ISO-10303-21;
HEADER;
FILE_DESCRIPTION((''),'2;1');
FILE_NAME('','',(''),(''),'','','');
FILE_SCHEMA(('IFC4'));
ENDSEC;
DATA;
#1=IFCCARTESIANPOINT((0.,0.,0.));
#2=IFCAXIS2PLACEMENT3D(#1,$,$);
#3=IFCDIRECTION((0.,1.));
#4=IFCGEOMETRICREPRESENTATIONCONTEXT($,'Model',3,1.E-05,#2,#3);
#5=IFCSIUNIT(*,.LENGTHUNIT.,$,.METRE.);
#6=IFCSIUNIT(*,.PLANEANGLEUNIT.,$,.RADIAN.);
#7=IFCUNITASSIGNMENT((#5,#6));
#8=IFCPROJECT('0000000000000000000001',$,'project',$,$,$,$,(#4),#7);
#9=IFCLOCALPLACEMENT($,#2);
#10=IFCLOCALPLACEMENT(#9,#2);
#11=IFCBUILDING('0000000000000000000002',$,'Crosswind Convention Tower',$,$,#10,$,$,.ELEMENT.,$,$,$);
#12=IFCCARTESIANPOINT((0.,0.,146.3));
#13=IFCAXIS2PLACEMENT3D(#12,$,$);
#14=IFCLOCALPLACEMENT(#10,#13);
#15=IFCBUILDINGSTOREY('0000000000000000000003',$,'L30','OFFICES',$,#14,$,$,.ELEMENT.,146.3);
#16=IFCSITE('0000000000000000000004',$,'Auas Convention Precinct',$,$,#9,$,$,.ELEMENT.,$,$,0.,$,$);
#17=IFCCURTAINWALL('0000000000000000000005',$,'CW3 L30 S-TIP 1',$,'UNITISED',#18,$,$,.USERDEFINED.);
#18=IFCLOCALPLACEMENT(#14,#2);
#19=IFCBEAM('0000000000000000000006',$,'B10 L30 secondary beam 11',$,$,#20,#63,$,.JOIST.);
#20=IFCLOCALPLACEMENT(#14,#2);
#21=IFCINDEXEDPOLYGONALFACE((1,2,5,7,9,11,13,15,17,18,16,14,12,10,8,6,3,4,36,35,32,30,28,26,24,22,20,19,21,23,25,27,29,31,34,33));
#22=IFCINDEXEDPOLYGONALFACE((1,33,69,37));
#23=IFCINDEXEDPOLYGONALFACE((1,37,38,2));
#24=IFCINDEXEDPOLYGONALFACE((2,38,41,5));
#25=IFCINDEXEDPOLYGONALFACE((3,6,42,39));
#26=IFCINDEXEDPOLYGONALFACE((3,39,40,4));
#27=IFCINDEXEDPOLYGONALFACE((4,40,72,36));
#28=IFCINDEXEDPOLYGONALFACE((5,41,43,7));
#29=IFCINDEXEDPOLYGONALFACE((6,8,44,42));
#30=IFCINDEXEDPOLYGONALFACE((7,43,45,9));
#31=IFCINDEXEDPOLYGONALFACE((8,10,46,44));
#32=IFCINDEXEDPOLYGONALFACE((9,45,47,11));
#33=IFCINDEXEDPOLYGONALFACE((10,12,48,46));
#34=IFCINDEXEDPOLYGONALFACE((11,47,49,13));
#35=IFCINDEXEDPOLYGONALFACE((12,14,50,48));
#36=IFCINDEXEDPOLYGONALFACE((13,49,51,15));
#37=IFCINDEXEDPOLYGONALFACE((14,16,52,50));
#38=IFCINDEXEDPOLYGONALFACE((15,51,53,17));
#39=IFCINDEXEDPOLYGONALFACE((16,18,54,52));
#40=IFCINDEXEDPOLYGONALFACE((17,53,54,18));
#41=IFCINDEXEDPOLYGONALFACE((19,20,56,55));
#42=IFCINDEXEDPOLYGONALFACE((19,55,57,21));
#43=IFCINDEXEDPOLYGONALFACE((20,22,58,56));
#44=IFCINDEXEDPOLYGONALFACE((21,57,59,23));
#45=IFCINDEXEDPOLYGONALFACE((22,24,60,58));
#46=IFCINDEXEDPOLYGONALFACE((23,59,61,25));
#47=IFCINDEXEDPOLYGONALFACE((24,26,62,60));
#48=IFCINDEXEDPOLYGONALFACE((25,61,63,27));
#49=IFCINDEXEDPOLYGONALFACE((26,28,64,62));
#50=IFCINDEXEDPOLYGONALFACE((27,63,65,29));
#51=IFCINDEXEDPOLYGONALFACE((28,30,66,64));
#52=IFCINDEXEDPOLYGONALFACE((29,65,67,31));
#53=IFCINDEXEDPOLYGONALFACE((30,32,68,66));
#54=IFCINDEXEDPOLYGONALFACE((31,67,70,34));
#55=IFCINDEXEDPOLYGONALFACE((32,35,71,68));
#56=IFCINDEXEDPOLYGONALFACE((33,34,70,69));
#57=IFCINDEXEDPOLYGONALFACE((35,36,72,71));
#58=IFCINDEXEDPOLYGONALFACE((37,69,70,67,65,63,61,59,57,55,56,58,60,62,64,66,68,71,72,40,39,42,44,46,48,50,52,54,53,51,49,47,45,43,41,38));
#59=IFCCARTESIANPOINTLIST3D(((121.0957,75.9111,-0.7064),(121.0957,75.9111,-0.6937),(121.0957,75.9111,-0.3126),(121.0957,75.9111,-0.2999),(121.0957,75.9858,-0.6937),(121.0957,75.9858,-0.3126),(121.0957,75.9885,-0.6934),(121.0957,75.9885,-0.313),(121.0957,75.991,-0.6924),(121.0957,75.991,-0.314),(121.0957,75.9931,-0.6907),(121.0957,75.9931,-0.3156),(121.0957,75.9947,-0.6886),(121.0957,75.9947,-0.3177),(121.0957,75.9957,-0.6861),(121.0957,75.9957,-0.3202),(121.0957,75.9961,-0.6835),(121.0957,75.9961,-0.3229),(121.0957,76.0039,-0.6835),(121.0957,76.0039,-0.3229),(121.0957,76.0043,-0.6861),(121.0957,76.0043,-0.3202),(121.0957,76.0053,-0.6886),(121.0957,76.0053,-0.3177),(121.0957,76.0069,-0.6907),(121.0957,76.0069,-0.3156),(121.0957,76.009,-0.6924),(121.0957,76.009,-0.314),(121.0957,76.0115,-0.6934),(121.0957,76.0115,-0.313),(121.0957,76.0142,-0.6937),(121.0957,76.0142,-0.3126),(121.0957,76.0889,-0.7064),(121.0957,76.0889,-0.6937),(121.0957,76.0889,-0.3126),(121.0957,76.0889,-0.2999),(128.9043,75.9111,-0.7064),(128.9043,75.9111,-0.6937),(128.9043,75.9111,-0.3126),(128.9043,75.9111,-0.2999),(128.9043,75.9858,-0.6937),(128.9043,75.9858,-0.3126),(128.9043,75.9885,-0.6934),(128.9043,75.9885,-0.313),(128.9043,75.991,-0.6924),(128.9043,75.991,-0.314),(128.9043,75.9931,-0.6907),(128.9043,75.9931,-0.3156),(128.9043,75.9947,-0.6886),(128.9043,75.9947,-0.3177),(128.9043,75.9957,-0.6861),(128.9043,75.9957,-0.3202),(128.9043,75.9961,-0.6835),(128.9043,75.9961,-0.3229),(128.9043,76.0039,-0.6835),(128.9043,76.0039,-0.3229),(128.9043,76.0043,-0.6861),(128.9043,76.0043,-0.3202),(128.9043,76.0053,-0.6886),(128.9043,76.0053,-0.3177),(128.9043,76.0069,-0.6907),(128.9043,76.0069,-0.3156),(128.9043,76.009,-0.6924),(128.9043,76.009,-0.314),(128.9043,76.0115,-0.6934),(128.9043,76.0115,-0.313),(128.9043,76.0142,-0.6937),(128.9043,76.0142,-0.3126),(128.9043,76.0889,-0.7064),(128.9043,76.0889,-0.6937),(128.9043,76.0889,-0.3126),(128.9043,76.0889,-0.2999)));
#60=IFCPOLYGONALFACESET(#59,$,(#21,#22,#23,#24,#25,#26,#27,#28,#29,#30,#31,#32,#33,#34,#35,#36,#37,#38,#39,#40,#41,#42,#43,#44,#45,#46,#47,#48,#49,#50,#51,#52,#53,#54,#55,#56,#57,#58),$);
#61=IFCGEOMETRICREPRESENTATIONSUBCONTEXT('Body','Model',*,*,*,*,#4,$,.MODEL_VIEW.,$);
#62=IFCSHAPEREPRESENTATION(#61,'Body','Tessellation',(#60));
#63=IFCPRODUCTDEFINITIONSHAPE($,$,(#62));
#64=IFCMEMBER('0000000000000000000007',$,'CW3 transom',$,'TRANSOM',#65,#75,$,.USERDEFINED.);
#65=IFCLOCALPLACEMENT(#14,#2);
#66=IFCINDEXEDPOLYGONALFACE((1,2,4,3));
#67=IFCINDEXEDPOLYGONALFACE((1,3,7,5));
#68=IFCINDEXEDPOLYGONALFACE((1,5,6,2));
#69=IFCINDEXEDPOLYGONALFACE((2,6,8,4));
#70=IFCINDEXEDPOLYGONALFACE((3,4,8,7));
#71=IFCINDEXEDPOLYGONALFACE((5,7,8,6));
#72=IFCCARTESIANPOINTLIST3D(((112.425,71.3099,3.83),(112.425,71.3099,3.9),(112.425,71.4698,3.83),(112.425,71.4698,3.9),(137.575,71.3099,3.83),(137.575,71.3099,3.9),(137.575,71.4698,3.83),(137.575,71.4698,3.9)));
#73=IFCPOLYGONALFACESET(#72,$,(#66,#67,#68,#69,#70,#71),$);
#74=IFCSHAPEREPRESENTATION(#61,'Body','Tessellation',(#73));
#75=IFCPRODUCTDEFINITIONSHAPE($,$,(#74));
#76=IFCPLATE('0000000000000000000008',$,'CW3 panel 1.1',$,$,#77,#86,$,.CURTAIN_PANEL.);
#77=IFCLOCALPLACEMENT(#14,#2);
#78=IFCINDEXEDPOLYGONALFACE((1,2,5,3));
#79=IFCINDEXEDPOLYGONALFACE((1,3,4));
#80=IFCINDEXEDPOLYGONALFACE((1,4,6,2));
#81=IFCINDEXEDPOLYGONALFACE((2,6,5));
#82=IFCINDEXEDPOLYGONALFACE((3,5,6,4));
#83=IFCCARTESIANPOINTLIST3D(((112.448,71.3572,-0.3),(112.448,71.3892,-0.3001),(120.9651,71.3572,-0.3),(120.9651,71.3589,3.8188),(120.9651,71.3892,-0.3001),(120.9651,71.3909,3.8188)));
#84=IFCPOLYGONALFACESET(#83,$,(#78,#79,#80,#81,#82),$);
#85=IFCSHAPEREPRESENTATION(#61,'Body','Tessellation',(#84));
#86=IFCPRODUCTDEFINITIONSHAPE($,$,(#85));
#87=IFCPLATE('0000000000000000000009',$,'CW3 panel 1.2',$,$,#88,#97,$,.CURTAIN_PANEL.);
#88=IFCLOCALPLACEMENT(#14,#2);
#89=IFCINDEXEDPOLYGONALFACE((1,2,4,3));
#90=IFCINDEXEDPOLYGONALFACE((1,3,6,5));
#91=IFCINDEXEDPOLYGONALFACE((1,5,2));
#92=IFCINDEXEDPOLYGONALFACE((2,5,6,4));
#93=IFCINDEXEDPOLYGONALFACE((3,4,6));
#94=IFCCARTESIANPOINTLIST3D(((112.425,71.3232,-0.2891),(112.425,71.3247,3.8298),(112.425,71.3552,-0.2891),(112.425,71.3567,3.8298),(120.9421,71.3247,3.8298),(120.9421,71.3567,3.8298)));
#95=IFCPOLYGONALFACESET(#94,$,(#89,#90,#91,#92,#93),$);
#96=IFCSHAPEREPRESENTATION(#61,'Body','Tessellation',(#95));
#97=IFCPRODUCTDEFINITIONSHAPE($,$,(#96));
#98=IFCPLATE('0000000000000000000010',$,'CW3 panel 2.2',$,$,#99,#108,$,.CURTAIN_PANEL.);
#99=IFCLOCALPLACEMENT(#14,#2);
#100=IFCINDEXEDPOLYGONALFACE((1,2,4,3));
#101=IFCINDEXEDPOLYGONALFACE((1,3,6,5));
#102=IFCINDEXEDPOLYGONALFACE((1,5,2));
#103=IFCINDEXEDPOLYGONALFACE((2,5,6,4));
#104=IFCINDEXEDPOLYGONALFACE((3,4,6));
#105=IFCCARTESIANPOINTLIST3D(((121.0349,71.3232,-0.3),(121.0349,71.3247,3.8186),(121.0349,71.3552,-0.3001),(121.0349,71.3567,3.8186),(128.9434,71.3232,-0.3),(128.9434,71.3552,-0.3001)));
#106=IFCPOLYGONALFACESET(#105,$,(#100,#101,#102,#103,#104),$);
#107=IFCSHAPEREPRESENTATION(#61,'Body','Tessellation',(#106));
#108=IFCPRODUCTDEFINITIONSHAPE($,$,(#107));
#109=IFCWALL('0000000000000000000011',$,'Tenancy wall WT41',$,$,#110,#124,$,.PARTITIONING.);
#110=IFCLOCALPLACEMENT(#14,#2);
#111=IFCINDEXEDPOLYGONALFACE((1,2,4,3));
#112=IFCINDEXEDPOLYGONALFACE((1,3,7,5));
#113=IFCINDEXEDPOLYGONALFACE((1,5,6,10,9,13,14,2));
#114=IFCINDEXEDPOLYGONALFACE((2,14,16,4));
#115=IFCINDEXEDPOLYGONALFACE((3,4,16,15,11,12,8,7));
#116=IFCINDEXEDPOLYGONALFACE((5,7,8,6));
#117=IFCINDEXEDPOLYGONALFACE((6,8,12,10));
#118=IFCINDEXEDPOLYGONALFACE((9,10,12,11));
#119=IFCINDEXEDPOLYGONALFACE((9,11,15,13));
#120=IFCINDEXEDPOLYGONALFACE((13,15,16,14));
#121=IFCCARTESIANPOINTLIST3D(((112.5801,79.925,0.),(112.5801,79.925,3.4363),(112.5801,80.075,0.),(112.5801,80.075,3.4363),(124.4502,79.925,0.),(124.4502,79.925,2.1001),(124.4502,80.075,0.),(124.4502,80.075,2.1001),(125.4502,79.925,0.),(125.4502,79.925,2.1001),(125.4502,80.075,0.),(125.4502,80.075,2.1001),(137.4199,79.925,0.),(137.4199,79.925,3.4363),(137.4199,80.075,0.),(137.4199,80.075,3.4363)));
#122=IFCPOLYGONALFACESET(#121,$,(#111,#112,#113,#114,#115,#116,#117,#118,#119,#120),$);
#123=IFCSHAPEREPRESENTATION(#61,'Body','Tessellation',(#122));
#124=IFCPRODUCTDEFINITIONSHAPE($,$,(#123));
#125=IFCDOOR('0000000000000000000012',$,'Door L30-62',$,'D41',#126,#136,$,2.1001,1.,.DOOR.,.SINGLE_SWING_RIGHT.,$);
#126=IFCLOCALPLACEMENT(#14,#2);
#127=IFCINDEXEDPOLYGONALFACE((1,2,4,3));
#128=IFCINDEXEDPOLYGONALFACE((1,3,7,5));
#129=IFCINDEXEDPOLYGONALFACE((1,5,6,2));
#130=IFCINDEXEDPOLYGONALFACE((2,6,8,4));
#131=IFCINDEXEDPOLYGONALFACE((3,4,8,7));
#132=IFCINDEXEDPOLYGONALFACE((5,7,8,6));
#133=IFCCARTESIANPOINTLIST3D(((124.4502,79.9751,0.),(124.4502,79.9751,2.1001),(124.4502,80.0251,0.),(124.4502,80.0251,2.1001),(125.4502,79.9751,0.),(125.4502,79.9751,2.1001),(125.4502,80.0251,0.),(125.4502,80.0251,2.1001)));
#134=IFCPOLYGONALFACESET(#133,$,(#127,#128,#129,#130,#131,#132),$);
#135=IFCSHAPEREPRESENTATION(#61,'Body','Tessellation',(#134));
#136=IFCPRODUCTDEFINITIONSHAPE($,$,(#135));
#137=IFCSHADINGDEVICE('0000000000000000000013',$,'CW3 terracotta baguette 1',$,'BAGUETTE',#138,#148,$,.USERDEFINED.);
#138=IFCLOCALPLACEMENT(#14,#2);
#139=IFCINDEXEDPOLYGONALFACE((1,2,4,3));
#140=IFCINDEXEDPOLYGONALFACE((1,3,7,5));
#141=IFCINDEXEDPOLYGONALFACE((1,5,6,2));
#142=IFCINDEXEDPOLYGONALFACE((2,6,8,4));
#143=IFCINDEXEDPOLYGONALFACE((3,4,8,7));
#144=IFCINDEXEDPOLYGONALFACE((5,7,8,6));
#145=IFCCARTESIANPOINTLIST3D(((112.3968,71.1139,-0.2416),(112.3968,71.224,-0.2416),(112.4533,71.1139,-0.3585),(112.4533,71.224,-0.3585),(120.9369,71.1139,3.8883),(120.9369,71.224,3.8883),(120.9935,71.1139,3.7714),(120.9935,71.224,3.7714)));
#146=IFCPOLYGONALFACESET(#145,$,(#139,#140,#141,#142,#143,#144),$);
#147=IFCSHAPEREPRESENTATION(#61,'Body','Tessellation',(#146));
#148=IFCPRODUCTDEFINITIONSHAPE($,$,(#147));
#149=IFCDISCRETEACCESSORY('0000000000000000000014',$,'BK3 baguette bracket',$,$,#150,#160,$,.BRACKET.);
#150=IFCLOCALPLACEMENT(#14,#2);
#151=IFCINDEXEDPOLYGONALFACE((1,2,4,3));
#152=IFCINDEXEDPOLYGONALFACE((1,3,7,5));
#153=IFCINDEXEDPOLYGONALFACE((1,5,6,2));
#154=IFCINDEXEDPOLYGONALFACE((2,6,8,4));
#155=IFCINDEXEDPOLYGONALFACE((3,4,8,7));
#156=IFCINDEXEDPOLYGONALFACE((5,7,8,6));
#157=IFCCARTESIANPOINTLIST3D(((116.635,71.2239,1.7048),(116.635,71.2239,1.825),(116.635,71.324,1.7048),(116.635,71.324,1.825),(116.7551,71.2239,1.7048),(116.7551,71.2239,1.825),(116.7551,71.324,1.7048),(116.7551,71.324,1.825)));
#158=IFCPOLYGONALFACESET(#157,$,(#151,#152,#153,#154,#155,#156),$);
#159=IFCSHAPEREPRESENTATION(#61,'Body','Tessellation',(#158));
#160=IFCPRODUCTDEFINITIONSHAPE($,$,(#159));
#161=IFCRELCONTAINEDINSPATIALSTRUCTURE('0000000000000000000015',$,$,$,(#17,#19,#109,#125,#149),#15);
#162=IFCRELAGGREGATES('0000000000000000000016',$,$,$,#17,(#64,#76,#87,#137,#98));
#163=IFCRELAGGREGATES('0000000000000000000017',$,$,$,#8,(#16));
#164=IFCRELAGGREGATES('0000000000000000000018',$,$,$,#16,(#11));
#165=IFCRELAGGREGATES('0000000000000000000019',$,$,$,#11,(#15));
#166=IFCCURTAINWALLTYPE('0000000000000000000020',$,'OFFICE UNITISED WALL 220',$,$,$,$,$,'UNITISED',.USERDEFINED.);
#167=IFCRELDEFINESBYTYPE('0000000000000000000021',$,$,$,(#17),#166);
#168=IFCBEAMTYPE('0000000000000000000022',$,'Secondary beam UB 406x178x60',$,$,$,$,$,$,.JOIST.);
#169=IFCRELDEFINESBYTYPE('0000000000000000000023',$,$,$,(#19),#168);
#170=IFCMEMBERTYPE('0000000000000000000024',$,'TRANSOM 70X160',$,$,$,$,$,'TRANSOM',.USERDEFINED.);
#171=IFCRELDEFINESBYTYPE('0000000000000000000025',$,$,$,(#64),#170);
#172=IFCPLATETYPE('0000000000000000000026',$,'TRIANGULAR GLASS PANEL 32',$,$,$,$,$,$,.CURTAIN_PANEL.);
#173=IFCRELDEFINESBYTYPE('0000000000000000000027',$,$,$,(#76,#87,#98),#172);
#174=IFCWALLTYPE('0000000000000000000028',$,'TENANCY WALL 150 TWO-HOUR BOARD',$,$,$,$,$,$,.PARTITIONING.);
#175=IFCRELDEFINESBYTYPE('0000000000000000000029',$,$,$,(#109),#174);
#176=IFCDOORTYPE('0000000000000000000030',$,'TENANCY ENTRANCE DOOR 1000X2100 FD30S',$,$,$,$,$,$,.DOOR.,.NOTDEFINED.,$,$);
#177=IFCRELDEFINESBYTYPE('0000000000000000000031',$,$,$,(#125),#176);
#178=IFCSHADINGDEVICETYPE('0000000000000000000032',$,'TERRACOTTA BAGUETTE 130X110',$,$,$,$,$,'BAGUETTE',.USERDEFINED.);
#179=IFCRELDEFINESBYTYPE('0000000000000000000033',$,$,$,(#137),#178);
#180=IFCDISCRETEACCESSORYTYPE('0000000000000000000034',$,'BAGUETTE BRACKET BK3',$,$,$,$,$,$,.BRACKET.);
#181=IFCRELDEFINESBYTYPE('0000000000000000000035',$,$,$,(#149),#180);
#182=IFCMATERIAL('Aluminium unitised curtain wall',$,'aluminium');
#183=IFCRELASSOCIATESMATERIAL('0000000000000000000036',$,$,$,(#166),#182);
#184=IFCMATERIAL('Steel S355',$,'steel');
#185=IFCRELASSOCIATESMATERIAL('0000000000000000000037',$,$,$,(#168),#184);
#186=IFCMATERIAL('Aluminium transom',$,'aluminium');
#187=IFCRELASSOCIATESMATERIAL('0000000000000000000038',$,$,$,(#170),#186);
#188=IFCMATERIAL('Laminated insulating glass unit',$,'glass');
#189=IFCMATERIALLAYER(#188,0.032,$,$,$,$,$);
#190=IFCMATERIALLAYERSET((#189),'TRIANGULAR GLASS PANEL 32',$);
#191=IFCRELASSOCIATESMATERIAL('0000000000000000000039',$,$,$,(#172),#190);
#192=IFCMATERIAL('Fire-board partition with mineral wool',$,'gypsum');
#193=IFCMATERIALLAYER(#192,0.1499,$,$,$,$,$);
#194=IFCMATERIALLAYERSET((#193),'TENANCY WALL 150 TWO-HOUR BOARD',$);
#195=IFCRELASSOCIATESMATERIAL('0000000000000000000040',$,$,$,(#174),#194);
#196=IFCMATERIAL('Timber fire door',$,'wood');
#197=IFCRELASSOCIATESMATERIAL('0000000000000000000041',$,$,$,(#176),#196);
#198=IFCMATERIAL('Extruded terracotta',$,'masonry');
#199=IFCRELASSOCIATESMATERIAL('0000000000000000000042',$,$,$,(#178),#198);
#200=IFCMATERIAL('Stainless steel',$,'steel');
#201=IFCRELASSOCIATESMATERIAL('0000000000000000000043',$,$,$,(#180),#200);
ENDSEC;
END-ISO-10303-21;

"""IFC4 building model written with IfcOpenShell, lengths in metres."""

from ifc_helpers import new_model, si_unit, direction, frame, frame_2d, origin, origin_2d, place, context, subcontext, project, spatial, polyline, rectangle, i_section, outline, extrude, material, layer, layer_set, material_profile, profile_set, type_object, element, fill, aggregate, save


model = new_model("IFC4")

# Units and contexts
model_context = context("Model", 3, precision=1e-05, world=origin(), true_north=direction((0.0, 1.0)))
body_context = subcontext(model_context, "Body", "Model", "MODEL_VIEW")
ifc_project = project(units=[si_unit("LENGTHUNIT", "METRE"), si_unit("PLANEANGLEUNIT", "RADIAN")], contexts=[model_context])

# Site, building, storey
site_placement = place(None, origin())
site = spatial("IfcSite", under=ifc_project, at=site_placement, Name="Auas Convention Precinct", CompositionType="ELEMENT", RefElevation=0.0)
building_placement = place(site_placement, origin())
building = spatial("IfcBuilding", under=site, at=building_placement, Name="Crosswind Convention Tower", CompositionType="ELEMENT")
storey_placement = place(building_placement, frame((0.0, 0.0, 146.3)))
storey = spatial("IfcBuildingStorey", under=building, at=storey_placement, Name="L30", Description="OFFICES", CompositionType="ELEMENT", Elevation=146.3)

# Shared definitions
ifc_material_1 = material(Name="Steel S355", Category="steel")

# Curtain wall
ifc_material_2 = material(Name="Aluminium unitised curtain wall", Category="aluminium")
curtain_wall_type_1 = type_object("IfcCurtainWallType", Name="OFFICE UNITISED WALL 220", ElementType="UNITISED", PredefinedType="USERDEFINED", material=ifc_material_2)
curtain_wall_1_placement = place(storey_placement, origin())
curtain_wall_1 = element("IfcCurtainWall", 1, at=curtain_wall_1_placement, inside=storey, type_object=curtain_wall_type_1, Name="CW3 L30 S-TIP 1", ObjectType="UNITISED", PredefinedType="USERDEFINED")

# Beam
ifc_material_profile_1 = material_profile(ifc_material_1, i_section(OverallWidth=0.1777, OverallDepth=0.4065, WebThickness=0.0078, FlangeThickness=0.0127, FilletRadius=0.0103, at=origin_2d()), Name="UB 406x178x60")
ifc_profile_set_1 = profile_set([ifc_material_profile_1], Name="Steel S355")
beam_type_1 = type_object("IfcBeamType", Name="Secondary beam UB 406x178x60", PredefinedType="JOIST", material=ifc_profile_set_1)
beam_1_placement = place(storey_placement, frame((121.0957, 76.0, -0.5032), z_axis=(1.0, 0.0, 0.0), x_axis=(0.0, 1.0, 0.0)))
element("IfcBeam", 2, at=beam_1_placement, inside=storey, type_object=beam_type_1, Name="B10 L30 secondary beam 11", PredefinedType="JOIST", context=body_context, shape_type="SweptSolid", body=[
    extrude(i_section(OverallWidth=0.1777, OverallDepth=0.4065, WebThickness=0.0078, FlangeThickness=0.0127, FilletRadius=0.0103, at=origin_2d()), origin(), (0.0, 0.0, 1.0), 7.8086),
])

# Member
ifc_material_3 = material(Name="Aluminium transom", Category="aluminium")
ifc_material_profile_2 = material_profile(ifc_material_3, rectangle(XDim=0.1599, YDim=0.0701, at=origin_2d()), Name="AL 160X70")
ifc_profile_set_2 = profile_set([ifc_material_profile_2], Name="Aluminium transom")
member_type_1 = type_object("IfcMemberType", Name="TRANSOM 70X160", ElementType="TRANSOM", PredefinedType="USERDEFINED", material=ifc_profile_set_2)
member_1_placement = place(storey_placement, frame((112.425, 71.3899, 3.865), z_axis=(1.0, 0.0, 0.0), x_axis=(0.0, 1.0, 0.0)))
member_1 = element("IfcMember", 3, at=member_1_placement, type_object=member_type_1, Name="CW3 transom", ObjectType="TRANSOM", PredefinedType="USERDEFINED", context=body_context, shape_type="SweptSolid", body=[
    extrude(rectangle(XDim=0.1599, YDim=0.0701, at=origin_2d()), origin(), (0.0, 0.0, 1.0), 25.1499),
])

# Plates
ifc_material_4 = material(Name="Laminated insulating glass unit", Category="glass")
ifc_layer_1 = layer(ifc_material_4, 0.032)
ifc_layer_set_1 = layer_set([ifc_layer_1], Name="TRIANGULAR GLASS PANEL 32")
plate_type = type_object("IfcPlateType", Name="TRIANGULAR GLASS PANEL 32", PredefinedType="CURTAIN_PANEL", material=ifc_layer_set_1)
plate_1_placement = place(storey_placement, frame((120.9651, 71.3572, -0.3), z_axis=(0.0, -1.0, 0.000415), x_axis=(0.0, 0.000415, 1.0)))
plate_1 = element("IfcPlate", 4, at=plate_1_placement, type_object=plate_type, Name="CW3 panel 1.1", PredefinedType="CURTAIN_PANEL", context=body_context, shape_type="SweptSolid", body=[
    extrude(outline(polyline([(0.0, 0.0), (4.1189, 0.0), (0.0, 8.5171), (0.0, 0.0)])), origin(), (0.0, 0.0, -1.0), 0.032),
])
plate_2_placement = place(storey_placement, frame((112.425, 71.3247, 3.8298), z_axis=(0.0, -1.0, 0.000356), x_axis=(0.0, -0.000356, -1.0)))
plate_2 = element("IfcPlate", 5, at=plate_2_placement, type_object=plate_type, Name="CW3 panel 1.2", PredefinedType="CURTAIN_PANEL", context=body_context, shape_type="SweptSolid", body=[
    extrude(outline(polyline([(0.0, 0.0), (4.1189, 0.0), (0.0, 8.5171), (0.0, 0.0)])), origin(), (0.0, 0.0, -1.0), 0.032),
])
plate_3_placement = place(storey_placement, frame((121.0349, 71.3232, -0.3), z_axis=(0.0, -1.0, 0.000356), x_axis=(1.0, 0.0, 0.0)))
plate_3 = element("IfcPlate", 6, at=plate_3_placement, type_object=plate_type, Name="CW3 panel 2.2", PredefinedType="CURTAIN_PANEL", context=body_context, shape_type="SweptSolid", body=[
    extrude(outline(polyline([(0.0, 0.0), (7.9084, 0.0), (0.0, 4.1187), (0.0, 0.0)])), origin(), (0.0, 0.0, -1.0), 0.032),
])

# Wall, opening, door
ifc_material_5 = material(Name="Fire-board partition with mineral wool", Category="gypsum")
ifc_layer_2 = layer(ifc_material_5, 0.1499)
ifc_layer_set_2 = layer_set([ifc_layer_2], Name="TENANCY WALL 150 TWO-HOUR BOARD")
wall_type = type_object("IfcWallType", Name="TENANCY WALL 150 TWO-HOUR BOARD", PredefinedType="PARTITIONING", material=ifc_layer_set_2)
wall_placement = place(storey_placement, frame((112.5801, 80.0, 0.0), z_axis=(0.0, 0.0, 1.0), x_axis=(1.0, 0.0, 0.0)))
wall = element("IfcWall", 7, at=wall_placement, inside=storey, type_object=wall_type, Name="Tenancy wall WT41", PredefinedType="PARTITIONING", context=body_context, shape_type="SweptSolid", body=[
    extrude(rectangle(XDim=24.8398, YDim=0.1499, at=frame_2d((12.4199, 0.0))), origin(), (0.0, 0.0, 1.0), 3.4363),
])
opening_placement = place(wall_placement, frame((11.8701, 0.0, 0.0)))
opening = element("IfcOpeningElement", 8, at=opening_placement, cuts=wall, PredefinedType="OPENING", context=body_context, shape_type="SweptSolid", body=[
    extrude(rectangle(XDim=1.0, YDim=2.1001, at=frame_2d((0.5, 1.05))), frame((0.0, 0.085, 0.0), z_axis=(0.0, -1.0, 0.0), x_axis=(1.0, 0.0, 0.0)), (0.0, 0.0, 1.0), 0.1699),
])
ifc_material_6 = material(Name="Timber fire door", Category="wood")
door_type = type_object("IfcDoorType", Name="TENANCY ENTRANCE DOOR 1000X2100 FD30S", OperationType="NOTDEFINED", PredefinedType="DOOR", material=ifc_material_6)
door_placement = place(opening_placement, frame((1.0, 0.0, 0.0), z_axis=(0.0, 0.0, 1.0), x_axis=(-1.0, 0.0, 0.0)))
door = element("IfcDoor", 9, at=door_placement, inside=storey, type_object=door_type, Name="Door L30-62", ObjectType="D41", OperationType="SINGLE_SWING_RIGHT", OverallHeight=2.1001, OverallWidth=1.0, PredefinedType="DOOR", context=body_context, shape_type="SweptSolid", body=[
    extrude(rectangle(XDim=1.0, YDim=2.1001, at=frame_2d((0.5, 1.05))), frame((0.0, 0.0249, 0.0), z_axis=(0.0, -1.0, 0.0), x_axis=(1.0, 0.0, 0.0)), (0.0, 0.0, 1.0), 0.05),
])
fill(opening, door)

# Shading device
ifc_material_7 = material(Name="Extruded terracotta", Category="masonry")
ifc_material_profile_3 = material_profile(ifc_material_7, rectangle(XDim=0.1101, YDim=0.1299, at=origin_2d()), Name="TC 110X130")
ifc_profile_set_3 = profile_set([ifc_material_profile_3], Name="Extruded terracotta")
shading_device_type = type_object("IfcShadingDeviceType", Name="TERRACOTTA BAGUETTE 130X110", ElementType="BAGUETTE", PredefinedType="USERDEFINED", material=ifc_profile_set_3)
shading_device_placement = place(storey_placement, frame((112.425, 71.1689, -0.3), z_axis=(0.900258, 0.0, 0.435356), x_axis=(0.0, 1.0, 0.0)))
shading_device = element("IfcShadingDevice", 10, at=shading_device_placement, type_object=shading_device_type, Name="CW3 terracotta baguette 1", ObjectType="BAGUETTE", PredefinedType="USERDEFINED", context=body_context, shape_type="SweptSolid", body=[
    extrude(rectangle(XDim=0.1101, YDim=0.1299, at=origin_2d()), origin(), (0.0, 0.0, 1.0), 9.4863),
])
aggregate(curtain_wall_1, [member_1, plate_1, plate_2, shading_device, plate_3])

# Discrete accessory
ifc_material_8 = material(Name="Stainless steel", Category="steel")
discrete_accessory_type = type_object("IfcDiscreteAccessoryType", Name="BAGUETTE BRACKET BK3", PredefinedType="BRACKET", material=ifc_material_8)
discrete_accessory_placement = place(storey_placement, frame((116.6951, 71.2739, 1.7048), z_axis=(0.0, 0.0, 1.0), x_axis=(1.0, 0.0, 0.0)))
element("IfcDiscreteAccessory", 11, at=discrete_accessory_placement, inside=storey, type_object=discrete_accessory_type, Name="BK3 baguette bracket", PredefinedType="BRACKET", context=body_context, shape_type="SweptSolid", body=[
    extrude(rectangle(XDim=0.1201, YDim=0.1001, at=origin_2d()), origin(), (0.0, 0.0, 1.0), 0.1201),
])

save(model, "model.ifc")
